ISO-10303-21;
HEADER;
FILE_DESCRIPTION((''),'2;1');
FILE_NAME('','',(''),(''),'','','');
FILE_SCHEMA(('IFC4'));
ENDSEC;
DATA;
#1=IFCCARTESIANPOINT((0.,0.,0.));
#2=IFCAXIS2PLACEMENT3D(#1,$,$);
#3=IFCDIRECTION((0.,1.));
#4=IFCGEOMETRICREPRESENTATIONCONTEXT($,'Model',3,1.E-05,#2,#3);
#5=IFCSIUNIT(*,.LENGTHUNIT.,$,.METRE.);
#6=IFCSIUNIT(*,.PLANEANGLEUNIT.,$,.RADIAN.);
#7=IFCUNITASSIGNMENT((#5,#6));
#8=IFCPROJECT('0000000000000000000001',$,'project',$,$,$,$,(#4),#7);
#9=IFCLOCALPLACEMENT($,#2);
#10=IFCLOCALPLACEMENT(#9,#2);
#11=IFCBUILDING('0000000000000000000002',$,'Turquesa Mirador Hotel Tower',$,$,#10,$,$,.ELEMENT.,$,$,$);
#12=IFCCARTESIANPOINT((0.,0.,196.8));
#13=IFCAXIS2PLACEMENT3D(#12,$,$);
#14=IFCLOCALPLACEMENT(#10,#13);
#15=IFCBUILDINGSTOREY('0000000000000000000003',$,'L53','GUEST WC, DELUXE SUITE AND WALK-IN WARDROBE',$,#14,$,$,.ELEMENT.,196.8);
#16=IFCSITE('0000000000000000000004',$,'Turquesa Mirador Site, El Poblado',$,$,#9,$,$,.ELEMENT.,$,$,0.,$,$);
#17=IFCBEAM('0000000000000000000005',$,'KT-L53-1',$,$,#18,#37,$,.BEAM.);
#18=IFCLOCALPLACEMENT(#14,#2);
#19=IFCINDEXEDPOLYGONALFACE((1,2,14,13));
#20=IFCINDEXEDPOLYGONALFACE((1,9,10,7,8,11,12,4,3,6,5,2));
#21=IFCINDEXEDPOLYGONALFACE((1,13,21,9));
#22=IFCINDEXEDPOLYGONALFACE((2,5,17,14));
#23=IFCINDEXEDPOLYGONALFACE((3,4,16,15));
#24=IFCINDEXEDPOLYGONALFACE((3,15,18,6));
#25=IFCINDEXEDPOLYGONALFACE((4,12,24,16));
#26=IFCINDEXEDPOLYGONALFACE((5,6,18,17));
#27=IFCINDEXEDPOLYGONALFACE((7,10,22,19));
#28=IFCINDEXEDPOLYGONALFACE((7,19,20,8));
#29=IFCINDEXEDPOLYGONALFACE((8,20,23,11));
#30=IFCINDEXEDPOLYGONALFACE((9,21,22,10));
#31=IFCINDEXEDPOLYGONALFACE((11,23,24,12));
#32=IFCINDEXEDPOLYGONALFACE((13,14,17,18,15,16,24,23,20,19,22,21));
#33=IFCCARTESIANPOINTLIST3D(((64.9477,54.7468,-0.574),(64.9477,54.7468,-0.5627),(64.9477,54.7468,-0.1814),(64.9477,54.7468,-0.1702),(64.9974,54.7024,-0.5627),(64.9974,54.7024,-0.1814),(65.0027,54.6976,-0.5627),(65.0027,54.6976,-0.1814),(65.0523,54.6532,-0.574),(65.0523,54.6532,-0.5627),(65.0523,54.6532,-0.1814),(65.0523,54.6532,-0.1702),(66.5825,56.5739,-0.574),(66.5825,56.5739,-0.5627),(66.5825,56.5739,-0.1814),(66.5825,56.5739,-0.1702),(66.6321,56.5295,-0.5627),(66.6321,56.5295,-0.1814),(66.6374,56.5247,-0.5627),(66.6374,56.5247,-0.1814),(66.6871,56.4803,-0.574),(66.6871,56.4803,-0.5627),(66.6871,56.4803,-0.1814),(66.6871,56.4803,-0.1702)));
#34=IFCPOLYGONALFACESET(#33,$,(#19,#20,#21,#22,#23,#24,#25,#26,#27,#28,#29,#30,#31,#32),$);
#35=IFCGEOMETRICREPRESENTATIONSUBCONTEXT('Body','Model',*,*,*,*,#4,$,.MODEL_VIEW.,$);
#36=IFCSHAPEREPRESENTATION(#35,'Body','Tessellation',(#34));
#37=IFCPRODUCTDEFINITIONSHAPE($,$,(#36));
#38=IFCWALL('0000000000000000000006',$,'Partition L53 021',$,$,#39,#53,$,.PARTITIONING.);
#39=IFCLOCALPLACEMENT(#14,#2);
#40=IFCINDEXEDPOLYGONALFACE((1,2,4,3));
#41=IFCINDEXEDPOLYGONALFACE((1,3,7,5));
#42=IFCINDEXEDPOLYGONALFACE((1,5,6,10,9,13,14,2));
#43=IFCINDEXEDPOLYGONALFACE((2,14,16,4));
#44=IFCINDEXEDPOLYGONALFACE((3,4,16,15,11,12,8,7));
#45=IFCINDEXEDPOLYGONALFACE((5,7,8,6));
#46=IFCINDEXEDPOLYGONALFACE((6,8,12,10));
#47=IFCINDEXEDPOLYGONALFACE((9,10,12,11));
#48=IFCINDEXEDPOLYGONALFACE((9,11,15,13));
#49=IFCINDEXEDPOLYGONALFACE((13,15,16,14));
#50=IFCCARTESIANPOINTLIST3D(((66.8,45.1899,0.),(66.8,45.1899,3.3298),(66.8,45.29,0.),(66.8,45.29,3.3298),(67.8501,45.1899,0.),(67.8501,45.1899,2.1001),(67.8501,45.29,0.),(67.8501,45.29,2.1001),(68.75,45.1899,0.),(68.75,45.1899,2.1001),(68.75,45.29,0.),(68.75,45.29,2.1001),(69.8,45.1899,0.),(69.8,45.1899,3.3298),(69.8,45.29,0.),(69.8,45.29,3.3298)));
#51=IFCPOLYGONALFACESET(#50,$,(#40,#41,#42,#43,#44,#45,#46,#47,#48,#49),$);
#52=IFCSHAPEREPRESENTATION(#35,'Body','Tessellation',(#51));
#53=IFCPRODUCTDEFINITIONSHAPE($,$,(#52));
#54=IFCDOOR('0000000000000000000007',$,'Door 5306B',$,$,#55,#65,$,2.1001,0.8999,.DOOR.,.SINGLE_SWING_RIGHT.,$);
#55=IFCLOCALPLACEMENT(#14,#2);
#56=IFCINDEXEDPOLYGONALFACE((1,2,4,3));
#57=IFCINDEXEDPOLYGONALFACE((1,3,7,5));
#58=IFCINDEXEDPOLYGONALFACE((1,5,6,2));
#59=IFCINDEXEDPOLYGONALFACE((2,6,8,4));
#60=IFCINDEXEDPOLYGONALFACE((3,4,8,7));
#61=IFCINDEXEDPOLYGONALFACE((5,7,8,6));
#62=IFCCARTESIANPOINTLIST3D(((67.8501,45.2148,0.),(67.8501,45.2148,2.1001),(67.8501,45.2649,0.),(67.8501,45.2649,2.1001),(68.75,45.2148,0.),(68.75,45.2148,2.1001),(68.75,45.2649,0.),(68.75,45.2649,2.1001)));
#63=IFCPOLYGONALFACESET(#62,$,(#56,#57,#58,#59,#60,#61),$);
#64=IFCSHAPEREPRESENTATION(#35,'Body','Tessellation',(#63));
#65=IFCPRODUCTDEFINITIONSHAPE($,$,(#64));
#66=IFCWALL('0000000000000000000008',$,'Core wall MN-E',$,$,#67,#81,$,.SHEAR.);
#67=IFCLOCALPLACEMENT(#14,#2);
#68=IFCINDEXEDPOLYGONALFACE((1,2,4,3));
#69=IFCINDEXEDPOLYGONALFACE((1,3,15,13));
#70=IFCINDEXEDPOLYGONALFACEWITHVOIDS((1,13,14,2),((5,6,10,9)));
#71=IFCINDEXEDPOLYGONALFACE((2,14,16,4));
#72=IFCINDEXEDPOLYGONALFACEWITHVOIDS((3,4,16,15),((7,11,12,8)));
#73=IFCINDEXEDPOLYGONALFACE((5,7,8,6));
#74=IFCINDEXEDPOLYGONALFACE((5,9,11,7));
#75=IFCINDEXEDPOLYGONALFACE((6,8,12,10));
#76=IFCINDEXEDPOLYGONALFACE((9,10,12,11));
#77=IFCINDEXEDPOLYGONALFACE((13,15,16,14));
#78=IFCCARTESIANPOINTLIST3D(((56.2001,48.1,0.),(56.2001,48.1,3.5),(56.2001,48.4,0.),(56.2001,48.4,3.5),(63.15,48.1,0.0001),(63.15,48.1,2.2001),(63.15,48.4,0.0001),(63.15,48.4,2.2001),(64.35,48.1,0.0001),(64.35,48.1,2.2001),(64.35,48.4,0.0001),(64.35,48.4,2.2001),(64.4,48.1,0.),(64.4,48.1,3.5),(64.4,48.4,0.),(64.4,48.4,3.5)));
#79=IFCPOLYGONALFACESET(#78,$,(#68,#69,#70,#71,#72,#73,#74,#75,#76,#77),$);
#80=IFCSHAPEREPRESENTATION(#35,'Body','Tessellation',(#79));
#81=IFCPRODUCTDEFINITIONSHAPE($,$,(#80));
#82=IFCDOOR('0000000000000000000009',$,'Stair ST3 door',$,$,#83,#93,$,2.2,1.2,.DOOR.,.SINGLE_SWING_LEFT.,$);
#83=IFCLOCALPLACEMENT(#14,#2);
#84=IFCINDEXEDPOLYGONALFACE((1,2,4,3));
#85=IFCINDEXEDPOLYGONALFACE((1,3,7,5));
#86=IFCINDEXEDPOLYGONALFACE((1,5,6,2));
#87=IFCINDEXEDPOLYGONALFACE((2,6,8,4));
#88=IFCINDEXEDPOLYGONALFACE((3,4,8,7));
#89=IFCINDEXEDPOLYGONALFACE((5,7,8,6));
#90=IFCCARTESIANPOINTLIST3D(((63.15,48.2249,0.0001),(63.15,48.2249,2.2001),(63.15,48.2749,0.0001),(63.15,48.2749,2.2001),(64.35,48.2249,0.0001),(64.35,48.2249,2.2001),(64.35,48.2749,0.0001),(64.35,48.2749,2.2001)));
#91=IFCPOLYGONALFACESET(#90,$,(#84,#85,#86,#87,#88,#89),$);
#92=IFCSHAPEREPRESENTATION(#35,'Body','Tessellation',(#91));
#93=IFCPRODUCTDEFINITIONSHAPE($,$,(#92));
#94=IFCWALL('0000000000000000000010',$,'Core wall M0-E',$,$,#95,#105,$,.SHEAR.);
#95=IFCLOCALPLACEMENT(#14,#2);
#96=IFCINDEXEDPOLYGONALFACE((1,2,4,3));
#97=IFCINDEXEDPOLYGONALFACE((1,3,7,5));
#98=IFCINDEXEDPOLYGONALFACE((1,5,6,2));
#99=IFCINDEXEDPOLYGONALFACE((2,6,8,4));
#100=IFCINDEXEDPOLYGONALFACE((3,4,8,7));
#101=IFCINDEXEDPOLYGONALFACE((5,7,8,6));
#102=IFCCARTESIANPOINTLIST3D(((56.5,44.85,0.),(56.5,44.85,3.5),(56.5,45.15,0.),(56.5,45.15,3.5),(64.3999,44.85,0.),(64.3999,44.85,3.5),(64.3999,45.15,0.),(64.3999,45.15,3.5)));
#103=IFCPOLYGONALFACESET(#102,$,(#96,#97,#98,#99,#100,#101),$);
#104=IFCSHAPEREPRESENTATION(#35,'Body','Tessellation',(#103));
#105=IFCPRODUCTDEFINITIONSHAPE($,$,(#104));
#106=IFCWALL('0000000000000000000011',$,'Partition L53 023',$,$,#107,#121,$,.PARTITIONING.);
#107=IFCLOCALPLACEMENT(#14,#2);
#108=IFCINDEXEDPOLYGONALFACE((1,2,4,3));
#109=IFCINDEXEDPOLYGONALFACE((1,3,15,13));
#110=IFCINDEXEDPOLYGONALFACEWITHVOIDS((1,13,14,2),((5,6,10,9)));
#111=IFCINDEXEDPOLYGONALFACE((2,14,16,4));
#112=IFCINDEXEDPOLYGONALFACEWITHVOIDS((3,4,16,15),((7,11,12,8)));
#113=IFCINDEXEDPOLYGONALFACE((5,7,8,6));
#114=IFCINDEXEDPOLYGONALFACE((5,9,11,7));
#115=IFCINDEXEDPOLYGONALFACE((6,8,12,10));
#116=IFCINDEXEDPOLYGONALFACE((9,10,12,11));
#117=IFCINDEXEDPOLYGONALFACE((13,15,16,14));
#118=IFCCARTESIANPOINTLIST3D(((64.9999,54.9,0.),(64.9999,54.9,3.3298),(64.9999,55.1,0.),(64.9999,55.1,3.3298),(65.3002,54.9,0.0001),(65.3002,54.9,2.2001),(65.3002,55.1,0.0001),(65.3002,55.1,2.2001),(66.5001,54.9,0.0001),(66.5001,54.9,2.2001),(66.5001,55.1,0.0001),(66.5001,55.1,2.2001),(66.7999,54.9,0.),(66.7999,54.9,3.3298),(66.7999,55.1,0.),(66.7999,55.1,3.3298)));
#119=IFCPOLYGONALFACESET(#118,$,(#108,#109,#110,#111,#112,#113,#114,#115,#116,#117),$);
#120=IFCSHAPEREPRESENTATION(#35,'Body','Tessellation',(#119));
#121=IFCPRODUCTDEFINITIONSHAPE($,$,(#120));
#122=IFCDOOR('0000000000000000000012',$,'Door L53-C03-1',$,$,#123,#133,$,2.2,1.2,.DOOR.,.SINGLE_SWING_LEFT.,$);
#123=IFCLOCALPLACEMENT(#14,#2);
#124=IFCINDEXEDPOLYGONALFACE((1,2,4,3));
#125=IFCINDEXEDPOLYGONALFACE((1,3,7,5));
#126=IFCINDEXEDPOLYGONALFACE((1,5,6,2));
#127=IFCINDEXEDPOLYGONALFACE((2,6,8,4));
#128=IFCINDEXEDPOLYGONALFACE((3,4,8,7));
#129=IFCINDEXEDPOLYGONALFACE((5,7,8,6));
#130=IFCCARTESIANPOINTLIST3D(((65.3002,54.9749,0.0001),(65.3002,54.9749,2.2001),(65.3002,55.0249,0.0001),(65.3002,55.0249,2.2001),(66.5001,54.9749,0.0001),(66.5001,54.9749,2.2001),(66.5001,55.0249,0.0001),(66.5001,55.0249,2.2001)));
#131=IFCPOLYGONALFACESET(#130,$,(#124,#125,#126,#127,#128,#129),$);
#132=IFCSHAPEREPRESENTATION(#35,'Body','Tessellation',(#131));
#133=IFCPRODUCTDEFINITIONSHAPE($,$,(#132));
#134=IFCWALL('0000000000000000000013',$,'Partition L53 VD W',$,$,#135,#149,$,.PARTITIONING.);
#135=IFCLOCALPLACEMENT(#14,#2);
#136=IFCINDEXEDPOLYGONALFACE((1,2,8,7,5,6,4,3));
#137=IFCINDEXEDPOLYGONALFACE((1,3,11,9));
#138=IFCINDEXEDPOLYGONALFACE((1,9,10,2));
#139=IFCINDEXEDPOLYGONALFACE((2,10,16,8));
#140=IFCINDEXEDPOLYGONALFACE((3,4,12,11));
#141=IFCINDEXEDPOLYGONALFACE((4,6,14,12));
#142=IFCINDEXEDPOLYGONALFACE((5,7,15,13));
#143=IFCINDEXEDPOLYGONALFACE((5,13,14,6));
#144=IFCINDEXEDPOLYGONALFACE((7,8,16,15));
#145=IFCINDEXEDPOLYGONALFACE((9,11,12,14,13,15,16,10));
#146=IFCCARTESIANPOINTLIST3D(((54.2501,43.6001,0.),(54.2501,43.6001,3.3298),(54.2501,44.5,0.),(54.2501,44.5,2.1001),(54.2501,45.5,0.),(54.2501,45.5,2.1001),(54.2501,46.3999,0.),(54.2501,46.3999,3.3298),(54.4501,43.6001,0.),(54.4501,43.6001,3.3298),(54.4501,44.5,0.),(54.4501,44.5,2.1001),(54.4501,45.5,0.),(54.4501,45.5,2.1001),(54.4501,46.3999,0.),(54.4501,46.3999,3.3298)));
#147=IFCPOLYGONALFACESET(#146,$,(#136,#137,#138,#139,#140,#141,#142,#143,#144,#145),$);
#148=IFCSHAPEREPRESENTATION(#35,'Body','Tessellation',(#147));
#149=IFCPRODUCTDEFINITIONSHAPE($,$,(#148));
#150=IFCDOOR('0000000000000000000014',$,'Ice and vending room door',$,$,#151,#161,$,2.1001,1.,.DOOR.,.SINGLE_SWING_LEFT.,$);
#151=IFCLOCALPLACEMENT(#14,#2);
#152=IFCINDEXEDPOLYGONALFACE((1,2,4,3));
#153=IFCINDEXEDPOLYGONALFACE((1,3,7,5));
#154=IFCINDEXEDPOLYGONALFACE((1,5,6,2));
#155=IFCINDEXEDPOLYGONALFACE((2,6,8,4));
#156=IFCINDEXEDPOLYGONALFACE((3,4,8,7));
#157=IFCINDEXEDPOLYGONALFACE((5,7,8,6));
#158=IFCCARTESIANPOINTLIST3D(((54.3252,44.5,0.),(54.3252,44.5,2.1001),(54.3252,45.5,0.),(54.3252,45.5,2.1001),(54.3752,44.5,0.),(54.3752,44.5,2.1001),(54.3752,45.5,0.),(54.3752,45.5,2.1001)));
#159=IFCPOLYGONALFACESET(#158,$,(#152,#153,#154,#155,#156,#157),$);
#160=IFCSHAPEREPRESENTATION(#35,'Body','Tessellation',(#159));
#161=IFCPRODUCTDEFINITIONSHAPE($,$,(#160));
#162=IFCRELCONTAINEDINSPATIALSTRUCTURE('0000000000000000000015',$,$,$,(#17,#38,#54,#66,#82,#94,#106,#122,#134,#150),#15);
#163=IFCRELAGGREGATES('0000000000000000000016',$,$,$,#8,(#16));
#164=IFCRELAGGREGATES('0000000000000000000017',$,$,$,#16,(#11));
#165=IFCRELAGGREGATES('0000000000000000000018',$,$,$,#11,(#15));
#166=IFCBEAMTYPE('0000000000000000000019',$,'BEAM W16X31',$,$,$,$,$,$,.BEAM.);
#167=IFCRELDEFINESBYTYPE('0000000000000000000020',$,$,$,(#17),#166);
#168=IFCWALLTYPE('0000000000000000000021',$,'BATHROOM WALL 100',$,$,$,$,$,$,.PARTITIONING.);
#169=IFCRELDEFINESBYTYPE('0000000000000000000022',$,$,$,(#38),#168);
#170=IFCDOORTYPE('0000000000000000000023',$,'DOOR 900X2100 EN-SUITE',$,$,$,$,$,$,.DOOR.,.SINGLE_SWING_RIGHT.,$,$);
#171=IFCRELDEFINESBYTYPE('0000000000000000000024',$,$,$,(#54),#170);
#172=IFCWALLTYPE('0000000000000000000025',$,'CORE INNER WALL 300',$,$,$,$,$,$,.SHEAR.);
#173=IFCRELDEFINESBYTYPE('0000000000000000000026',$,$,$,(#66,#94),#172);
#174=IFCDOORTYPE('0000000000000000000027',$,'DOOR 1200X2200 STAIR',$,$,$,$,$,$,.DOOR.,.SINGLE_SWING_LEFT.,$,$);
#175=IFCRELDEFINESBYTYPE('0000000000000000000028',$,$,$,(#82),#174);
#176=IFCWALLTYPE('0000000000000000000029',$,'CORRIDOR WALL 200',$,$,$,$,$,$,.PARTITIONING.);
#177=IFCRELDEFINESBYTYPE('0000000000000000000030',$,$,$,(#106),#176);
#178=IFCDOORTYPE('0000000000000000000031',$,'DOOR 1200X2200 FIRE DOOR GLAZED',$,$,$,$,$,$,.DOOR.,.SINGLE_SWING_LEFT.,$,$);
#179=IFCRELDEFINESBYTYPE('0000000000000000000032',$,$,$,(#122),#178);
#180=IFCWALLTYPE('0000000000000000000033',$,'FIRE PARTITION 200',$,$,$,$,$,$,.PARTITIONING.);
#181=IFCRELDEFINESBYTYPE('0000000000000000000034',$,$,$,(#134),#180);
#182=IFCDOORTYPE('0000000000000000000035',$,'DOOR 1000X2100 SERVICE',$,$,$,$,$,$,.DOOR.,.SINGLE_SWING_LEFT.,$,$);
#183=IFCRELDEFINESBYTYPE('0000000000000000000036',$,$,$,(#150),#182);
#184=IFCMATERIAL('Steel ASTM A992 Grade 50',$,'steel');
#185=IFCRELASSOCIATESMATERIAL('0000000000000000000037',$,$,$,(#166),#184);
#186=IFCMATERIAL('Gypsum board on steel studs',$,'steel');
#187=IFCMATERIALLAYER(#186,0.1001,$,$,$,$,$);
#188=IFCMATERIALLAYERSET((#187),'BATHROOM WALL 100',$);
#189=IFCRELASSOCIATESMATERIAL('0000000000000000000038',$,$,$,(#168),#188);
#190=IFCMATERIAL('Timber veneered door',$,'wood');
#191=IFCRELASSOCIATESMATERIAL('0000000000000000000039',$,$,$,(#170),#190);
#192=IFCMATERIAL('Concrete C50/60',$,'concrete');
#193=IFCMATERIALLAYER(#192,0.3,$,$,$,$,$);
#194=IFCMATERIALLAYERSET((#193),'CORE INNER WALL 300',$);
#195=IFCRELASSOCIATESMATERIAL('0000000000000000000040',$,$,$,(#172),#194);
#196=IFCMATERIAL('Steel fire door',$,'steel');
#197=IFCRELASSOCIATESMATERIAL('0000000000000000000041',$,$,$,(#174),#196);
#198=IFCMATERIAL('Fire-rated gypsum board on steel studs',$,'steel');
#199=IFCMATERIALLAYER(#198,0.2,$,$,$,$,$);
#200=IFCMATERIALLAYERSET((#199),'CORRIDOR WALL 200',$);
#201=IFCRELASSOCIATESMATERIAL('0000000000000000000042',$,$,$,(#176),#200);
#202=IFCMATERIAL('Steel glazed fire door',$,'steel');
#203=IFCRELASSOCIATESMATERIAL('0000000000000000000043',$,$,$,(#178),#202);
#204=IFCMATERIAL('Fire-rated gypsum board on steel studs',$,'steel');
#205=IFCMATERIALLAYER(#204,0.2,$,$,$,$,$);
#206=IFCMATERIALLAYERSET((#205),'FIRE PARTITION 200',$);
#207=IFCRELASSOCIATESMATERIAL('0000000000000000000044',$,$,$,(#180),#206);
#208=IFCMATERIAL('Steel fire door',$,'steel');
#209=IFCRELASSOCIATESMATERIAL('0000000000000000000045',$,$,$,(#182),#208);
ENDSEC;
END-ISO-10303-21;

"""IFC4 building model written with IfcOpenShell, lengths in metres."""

from ifc_helpers import new_model, si_unit, direction, frame, frame_2d, origin, origin_2d, place, context, subcontext, project, spatial, rectangle, i_section, extrude, material, layer, layer_set, material_profile, profile_set, type_object, element, fill, save


model = new_model("IFC4")

# Units and contexts
model_context = context("Model", 3, precision=1e-05, world=origin(), true_north=direction((0.0, 1.0)))
body_context = subcontext(model_context, "Body", "Model", "MODEL_VIEW")
ifc_project = project(units=[si_unit("LENGTHUNIT", "METRE"), si_unit("PLANEANGLEUNIT", "RADIAN")], contexts=[model_context])

# Site, building, storey
site_placement = place(None, origin())
site = spatial("IfcSite", under=ifc_project, at=site_placement, Name="Turquesa Mirador Site, El Poblado", CompositionType="ELEMENT", RefElevation=0.0)
building_placement = place(site_placement, origin())
building = spatial("IfcBuilding", under=site, at=building_placement, Name="Turquesa Mirador Hotel Tower", CompositionType="ELEMENT")
storey_placement = place(building_placement, frame((0.0, 0.0, 196.8)))
storey = spatial("IfcBuildingStorey", under=building, at=storey_placement, Name="L53", Description="GUEST WC, DELUXE SUITE AND WALK-IN WARDROBE", CompositionType="ELEMENT", Elevation=196.8)

# Beam
ifc_material_1 = material(Name="Steel ASTM A992 Grade 50", Category="steel")
ifc_material_profile = material_profile(ifc_material_1, i_section(OverallWidth=0.1404, OverallDepth=0.4038, WebThickness=0.0071, FlangeThickness=0.0112, at=origin_2d()), Name="W16X31")
ifc_profile_set = profile_set([ifc_material_profile], Name="Steel ASTM A992 Grade 50")
beam_type = type_object("IfcBeamType", Name="BEAM W16X31", PredefinedType="BEAM", material=ifc_profile_set)
beam_placement = place(storey_placement, frame((66.6348, 56.5271, -0.3721), z_axis=(-0.666783, -0.745252, 0.0), x_axis=(0.745252, -0.666783, 0.0)))
element("IfcBeam", 1, at=beam_placement, inside=storey, type_object=beam_type, Name="KT-L53-1", PredefinedType="BEAM", context=body_context, shape_type="SweptSolid", body=[
    extrude(i_section(OverallWidth=0.1404, OverallDepth=0.4038, WebThickness=0.0071, FlangeThickness=0.0112, at=origin_2d()), origin(), (0.0, 0.0, 1.0), 2.4517),
])

# Walls, openings, doors
ifc_material_2 = material(Name="Gypsum board on steel studs", Category="steel")
ifc_layer_1 = layer(ifc_material_2, 0.1001)
ifc_layer_set_1 = layer_set([ifc_layer_1], Name="BATHROOM WALL 100")
wall_type_1 = type_object("IfcWallType", Name="BATHROOM WALL 100", PredefinedType="PARTITIONING", material=ifc_layer_set_1)
wall_1_placement = place(storey_placement, frame((66.8, 45.24, 0.0), z_axis=(0.0, 0.0, 1.0), x_axis=(1.0, 0.0, 0.0)))
wall_1 = element("IfcWall", 2, at=wall_1_placement, inside=storey, type_object=wall_type_1, Name="Partition L53 021", PredefinedType="PARTITIONING", context=body_context, shape_type="SweptSolid", body=[
    extrude(rectangle(XDim=3.0, YDim=0.1001, at=frame_2d((1.5, 0.0))), origin(), (0.0, 0.0, 1.0), 3.3298),
])
opening_1_placement = place(wall_1_placement, frame((1.05, 0.0, 0.0)))
opening_1 = element("IfcOpeningElement", 3, at=opening_1_placement, cuts=wall_1, PredefinedType="OPENING", context=body_context, shape_type="SweptSolid", body=[
    extrude(rectangle(XDim=0.8999, YDim=2.1001, at=frame_2d((0.45, 1.05))), frame((0.0, 0.0601, 0.0), z_axis=(0.0, -1.0, 0.0), x_axis=(1.0, 0.0, 0.0)), (0.0, 0.0, 1.0), 0.1201),
])
ifc_material_3 = material(Name="Timber veneered door", Category="wood")
door_type_1 = type_object("IfcDoorType", Name="DOOR 900X2100 EN-SUITE", OperationType="SINGLE_SWING_RIGHT", PredefinedType="DOOR", material=ifc_material_3)
door_1_placement = place(opening_1_placement, origin())
door_1 = element("IfcDoor", 4, at=door_1_placement, inside=storey, type_object=door_type_1, Name="Door 5306B", OperationType="SINGLE_SWING_RIGHT", OverallHeight=2.1001, OverallWidth=0.8999, PredefinedType="DOOR", context=body_context, shape_type="SweptSolid", body=[
    extrude(rectangle(XDim=0.8999, YDim=2.1001, at=frame_2d((0.45, 1.05))), frame((0.0, 0.0249, 0.0), z_axis=(0.0, -1.0, 0.0), x_axis=(1.0, 0.0, 0.0)), (0.0, 0.0, 1.0), 0.05),
])
fill(opening_1, door_1)
ifc_material_4 = material(Name="Concrete C50/60", Category="concrete")
ifc_layer_2 = layer(ifc_material_4, 0.3)
ifc_layer_set_2 = layer_set([ifc_layer_2], Name="CORE INNER WALL 300")
wall_type_2 = type_object("IfcWallType", Name="CORE INNER WALL 300", PredefinedType="SHEAR", material=ifc_layer_set_2)
wall_2_placement = place(storey_placement, frame((56.2, 48.25, 0.0), z_axis=(0.0, 0.0, 1.0), x_axis=(1.0, 0.0, 0.0)))
wall_2 = element("IfcWall", 5, at=wall_2_placement, inside=storey, type_object=wall_type_2, Name="Core wall MN-E", PredefinedType="SHEAR", context=body_context, shape_type="SweptSolid", body=[
    extrude(rectangle(XDim=8.2, YDim=0.3, at=frame_2d((4.1001, 0.0))), origin(), (0.0, 0.0, 1.0), 3.5),
])
opening_2_placement = place(wall_2_placement, frame((6.95, 0.0, 0.0)))
opening_2 = element("IfcOpeningElement", 6, at=opening_2_placement, cuts=wall_2, PredefinedType="OPENING", context=body_context, shape_type="SweptSolid", body=[
    extrude(rectangle(XDim=1.2, YDim=2.2, at=frame_2d((0.6001, 1.1001))), frame((0.0, 0.1599, 0.0), z_axis=(0.0, -1.0, 0.0), x_axis=(1.0, 0.0, 0.0)), (0.0, 0.0, 1.0), 0.3201),
])
ifc_material_5 = material(Name="Steel fire door", Category="steel")
door_type_2 = type_object("IfcDoorType", Name="DOOR 1200X2200 STAIR", OperationType="SINGLE_SWING_LEFT", PredefinedType="DOOR", material=ifc_material_5)
door_2_placement = place(opening_2_placement, origin())
door_2 = element("IfcDoor", 7, at=door_2_placement, inside=storey, type_object=door_type_2, Name="Stair ST3 door", OperationType="SINGLE_SWING_LEFT", OverallHeight=2.2, OverallWidth=1.2, PredefinedType="DOOR", context=body_context, shape_type="SweptSolid", body=[
    extrude(rectangle(XDim=1.2, YDim=2.2, at=frame_2d((0.6001, 1.1001))), frame((0.0, 0.0249, 0.0), z_axis=(0.0, -1.0, 0.0), x_axis=(1.0, 0.0, 0.0)), (0.0, 0.0, 1.0), 0.05),
])
fill(opening_2, door_2)

# Wall
wall_3_placement = place(storey_placement, frame((56.5, 45.0, 0.0), z_axis=(0.0, 0.0, 1.0), x_axis=(1.0, 0.0, 0.0)))
element("IfcWall", 8, at=wall_3_placement, inside=storey, type_object=wall_type_2, Name="Core wall M0-E", PredefinedType="SHEAR", context=body_context, shape_type="SweptSolid", body=[
    extrude(rectangle(XDim=7.8999, YDim=0.3, at=frame_2d((3.95, 0.0))), origin(), (0.0, 0.0, 1.0), 3.5),
])

# Walls, openings, doors
ifc_material_6 = material(Name="Fire-rated gypsum board on steel studs", Category="steel")
ifc_layer_3 = layer(ifc_material_6, 0.2)
ifc_layer_set_3 = layer_set([ifc_layer_3], Name="CORRIDOR WALL 200")
wall_type_3 = type_object("IfcWallType", Name="CORRIDOR WALL 200", PredefinedType="PARTITIONING", material=ifc_layer_set_3)
wall_4_placement = place(storey_placement, frame((65.0, 55.0, 0.0), z_axis=(0.0, 0.0, 1.0), x_axis=(1.0, 0.0, 0.0)))
wall_4 = element("IfcWall", 9, at=wall_4_placement, inside=storey, type_object=wall_type_3, Name="Partition L53 023", PredefinedType="PARTITIONING", context=body_context, shape_type="SweptSolid", body=[
    extrude(rectangle(XDim=1.8, YDim=0.2, at=frame_2d((0.8999, 0.0))), origin(), (0.0, 0.0, 1.0), 3.3298),
])
opening_3_placement = place(wall_4_placement, frame((0.3, 0.0, 0.0)))
opening_3 = element("IfcOpeningElement", 10, at=opening_3_placement, cuts=wall_4, PredefinedType="OPENING", context=body_context, shape_type="SweptSolid", body=[
    extrude(rectangle(XDim=1.2, YDim=2.2, at=frame_2d((0.6001, 1.1001))), frame((0.0, 0.1099, 0.0), z_axis=(0.0, -1.0, 0.0), x_axis=(1.0, 0.0, 0.0)), (0.0, 0.0, 1.0), 0.22),
])
ifc_material_7 = material(Name="Steel glazed fire door", Category="steel")
door_type_3 = type_object("IfcDoorType", Name="DOOR 1200X2200 FIRE DOOR GLAZED", OperationType="SINGLE_SWING_LEFT", PredefinedType="DOOR", material=ifc_material_7)
door_3_placement = place(opening_3_placement, origin())
door_3 = element("IfcDoor", 11, at=door_3_placement, inside=storey, type_object=door_type_3, Name="Door L53-C03-1", OperationType="SINGLE_SWING_LEFT", OverallHeight=2.2, OverallWidth=1.2, PredefinedType="DOOR", context=body_context, shape_type="SweptSolid", body=[
    extrude(rectangle(XDim=1.2, YDim=2.2, at=frame_2d((0.6001, 1.1001))), frame((0.0, 0.0249, 0.0), z_axis=(0.0, -1.0, 0.0), x_axis=(1.0, 0.0, 0.0)), (0.0, 0.0, 1.0), 0.05),
])
fill(opening_3, door_3)
ifc_material_8 = material(Name="Fire-rated gypsum board on steel studs", Category="steel")
ifc_layer_4 = layer(ifc_material_8, 0.2)
ifc_layer_set_4 = layer_set([ifc_layer_4], Name="FIRE PARTITION 200")
wall_type_4 = type_object("IfcWallType", Name="FIRE PARTITION 200", PredefinedType="PARTITIONING", material=ifc_layer_set_4)
wall_5_placement = place(storey_placement, frame((54.3501, 43.6001, 0.0), z_axis=(0.0, 0.0, 1.0), x_axis=(0.0, 1.0, 0.0)))
wall_5 = element("IfcWall", 12, at=wall_5_placement, inside=storey, type_object=wall_type_4, Name="Partition L53 VD W", PredefinedType="PARTITIONING", context=body_context, shape_type="SweptSolid", body=[
    extrude(rectangle(XDim=2.7998, YDim=0.2, at=frame_2d((1.3999, 0.0))), origin(), (0.0, 0.0, 1.0), 3.3298),
])
opening_4_placement = place(wall_5_placement, frame((0.8999, 0.0, 0.0)))
opening_4 = element("IfcOpeningElement", 13, at=opening_4_placement, cuts=wall_5, PredefinedType="OPENING", context=body_context, shape_type="SweptSolid", body=[
    extrude(rectangle(XDim=1.0, YDim=2.1001, at=frame_2d((0.5, 1.05))), frame((0.0, 0.1099, 0.0), z_axis=(0.0, -1.0, 0.0), x_axis=(1.0, 0.0, 0.0)), (0.0, 0.0, 1.0), 0.22),
])
ifc_material_9 = material(Name="Steel fire door", Category="steel")
door_type_4 = type_object("IfcDoorType", Name="DOOR 1000X2100 SERVICE", OperationType="SINGLE_SWING_LEFT", PredefinedType="DOOR", material=ifc_material_9)
door_4_placement = place(opening_4_placement, origin())
door_4 = element("IfcDoor", 14, at=door_4_placement, inside=storey, type_object=door_type_4, Name="Ice and vending room door", OperationType="SINGLE_SWING_LEFT", OverallHeight=2.1001, OverallWidth=1.0, PredefinedType="DOOR", context=body_context, shape_type="SweptSolid", body=[
    extrude(rectangle(XDim=1.0, YDim=2.1001, at=frame_2d((0.5, 1.05))), frame((0.0, 0.0249, 0.0), z_axis=(0.0, -1.0, 0.0), x_axis=(1.0, 0.0, 0.0)), (0.0, 0.0, 1.0), 0.05),
])
fill(opening_4, door_4)

save(model, "model.ifc")
